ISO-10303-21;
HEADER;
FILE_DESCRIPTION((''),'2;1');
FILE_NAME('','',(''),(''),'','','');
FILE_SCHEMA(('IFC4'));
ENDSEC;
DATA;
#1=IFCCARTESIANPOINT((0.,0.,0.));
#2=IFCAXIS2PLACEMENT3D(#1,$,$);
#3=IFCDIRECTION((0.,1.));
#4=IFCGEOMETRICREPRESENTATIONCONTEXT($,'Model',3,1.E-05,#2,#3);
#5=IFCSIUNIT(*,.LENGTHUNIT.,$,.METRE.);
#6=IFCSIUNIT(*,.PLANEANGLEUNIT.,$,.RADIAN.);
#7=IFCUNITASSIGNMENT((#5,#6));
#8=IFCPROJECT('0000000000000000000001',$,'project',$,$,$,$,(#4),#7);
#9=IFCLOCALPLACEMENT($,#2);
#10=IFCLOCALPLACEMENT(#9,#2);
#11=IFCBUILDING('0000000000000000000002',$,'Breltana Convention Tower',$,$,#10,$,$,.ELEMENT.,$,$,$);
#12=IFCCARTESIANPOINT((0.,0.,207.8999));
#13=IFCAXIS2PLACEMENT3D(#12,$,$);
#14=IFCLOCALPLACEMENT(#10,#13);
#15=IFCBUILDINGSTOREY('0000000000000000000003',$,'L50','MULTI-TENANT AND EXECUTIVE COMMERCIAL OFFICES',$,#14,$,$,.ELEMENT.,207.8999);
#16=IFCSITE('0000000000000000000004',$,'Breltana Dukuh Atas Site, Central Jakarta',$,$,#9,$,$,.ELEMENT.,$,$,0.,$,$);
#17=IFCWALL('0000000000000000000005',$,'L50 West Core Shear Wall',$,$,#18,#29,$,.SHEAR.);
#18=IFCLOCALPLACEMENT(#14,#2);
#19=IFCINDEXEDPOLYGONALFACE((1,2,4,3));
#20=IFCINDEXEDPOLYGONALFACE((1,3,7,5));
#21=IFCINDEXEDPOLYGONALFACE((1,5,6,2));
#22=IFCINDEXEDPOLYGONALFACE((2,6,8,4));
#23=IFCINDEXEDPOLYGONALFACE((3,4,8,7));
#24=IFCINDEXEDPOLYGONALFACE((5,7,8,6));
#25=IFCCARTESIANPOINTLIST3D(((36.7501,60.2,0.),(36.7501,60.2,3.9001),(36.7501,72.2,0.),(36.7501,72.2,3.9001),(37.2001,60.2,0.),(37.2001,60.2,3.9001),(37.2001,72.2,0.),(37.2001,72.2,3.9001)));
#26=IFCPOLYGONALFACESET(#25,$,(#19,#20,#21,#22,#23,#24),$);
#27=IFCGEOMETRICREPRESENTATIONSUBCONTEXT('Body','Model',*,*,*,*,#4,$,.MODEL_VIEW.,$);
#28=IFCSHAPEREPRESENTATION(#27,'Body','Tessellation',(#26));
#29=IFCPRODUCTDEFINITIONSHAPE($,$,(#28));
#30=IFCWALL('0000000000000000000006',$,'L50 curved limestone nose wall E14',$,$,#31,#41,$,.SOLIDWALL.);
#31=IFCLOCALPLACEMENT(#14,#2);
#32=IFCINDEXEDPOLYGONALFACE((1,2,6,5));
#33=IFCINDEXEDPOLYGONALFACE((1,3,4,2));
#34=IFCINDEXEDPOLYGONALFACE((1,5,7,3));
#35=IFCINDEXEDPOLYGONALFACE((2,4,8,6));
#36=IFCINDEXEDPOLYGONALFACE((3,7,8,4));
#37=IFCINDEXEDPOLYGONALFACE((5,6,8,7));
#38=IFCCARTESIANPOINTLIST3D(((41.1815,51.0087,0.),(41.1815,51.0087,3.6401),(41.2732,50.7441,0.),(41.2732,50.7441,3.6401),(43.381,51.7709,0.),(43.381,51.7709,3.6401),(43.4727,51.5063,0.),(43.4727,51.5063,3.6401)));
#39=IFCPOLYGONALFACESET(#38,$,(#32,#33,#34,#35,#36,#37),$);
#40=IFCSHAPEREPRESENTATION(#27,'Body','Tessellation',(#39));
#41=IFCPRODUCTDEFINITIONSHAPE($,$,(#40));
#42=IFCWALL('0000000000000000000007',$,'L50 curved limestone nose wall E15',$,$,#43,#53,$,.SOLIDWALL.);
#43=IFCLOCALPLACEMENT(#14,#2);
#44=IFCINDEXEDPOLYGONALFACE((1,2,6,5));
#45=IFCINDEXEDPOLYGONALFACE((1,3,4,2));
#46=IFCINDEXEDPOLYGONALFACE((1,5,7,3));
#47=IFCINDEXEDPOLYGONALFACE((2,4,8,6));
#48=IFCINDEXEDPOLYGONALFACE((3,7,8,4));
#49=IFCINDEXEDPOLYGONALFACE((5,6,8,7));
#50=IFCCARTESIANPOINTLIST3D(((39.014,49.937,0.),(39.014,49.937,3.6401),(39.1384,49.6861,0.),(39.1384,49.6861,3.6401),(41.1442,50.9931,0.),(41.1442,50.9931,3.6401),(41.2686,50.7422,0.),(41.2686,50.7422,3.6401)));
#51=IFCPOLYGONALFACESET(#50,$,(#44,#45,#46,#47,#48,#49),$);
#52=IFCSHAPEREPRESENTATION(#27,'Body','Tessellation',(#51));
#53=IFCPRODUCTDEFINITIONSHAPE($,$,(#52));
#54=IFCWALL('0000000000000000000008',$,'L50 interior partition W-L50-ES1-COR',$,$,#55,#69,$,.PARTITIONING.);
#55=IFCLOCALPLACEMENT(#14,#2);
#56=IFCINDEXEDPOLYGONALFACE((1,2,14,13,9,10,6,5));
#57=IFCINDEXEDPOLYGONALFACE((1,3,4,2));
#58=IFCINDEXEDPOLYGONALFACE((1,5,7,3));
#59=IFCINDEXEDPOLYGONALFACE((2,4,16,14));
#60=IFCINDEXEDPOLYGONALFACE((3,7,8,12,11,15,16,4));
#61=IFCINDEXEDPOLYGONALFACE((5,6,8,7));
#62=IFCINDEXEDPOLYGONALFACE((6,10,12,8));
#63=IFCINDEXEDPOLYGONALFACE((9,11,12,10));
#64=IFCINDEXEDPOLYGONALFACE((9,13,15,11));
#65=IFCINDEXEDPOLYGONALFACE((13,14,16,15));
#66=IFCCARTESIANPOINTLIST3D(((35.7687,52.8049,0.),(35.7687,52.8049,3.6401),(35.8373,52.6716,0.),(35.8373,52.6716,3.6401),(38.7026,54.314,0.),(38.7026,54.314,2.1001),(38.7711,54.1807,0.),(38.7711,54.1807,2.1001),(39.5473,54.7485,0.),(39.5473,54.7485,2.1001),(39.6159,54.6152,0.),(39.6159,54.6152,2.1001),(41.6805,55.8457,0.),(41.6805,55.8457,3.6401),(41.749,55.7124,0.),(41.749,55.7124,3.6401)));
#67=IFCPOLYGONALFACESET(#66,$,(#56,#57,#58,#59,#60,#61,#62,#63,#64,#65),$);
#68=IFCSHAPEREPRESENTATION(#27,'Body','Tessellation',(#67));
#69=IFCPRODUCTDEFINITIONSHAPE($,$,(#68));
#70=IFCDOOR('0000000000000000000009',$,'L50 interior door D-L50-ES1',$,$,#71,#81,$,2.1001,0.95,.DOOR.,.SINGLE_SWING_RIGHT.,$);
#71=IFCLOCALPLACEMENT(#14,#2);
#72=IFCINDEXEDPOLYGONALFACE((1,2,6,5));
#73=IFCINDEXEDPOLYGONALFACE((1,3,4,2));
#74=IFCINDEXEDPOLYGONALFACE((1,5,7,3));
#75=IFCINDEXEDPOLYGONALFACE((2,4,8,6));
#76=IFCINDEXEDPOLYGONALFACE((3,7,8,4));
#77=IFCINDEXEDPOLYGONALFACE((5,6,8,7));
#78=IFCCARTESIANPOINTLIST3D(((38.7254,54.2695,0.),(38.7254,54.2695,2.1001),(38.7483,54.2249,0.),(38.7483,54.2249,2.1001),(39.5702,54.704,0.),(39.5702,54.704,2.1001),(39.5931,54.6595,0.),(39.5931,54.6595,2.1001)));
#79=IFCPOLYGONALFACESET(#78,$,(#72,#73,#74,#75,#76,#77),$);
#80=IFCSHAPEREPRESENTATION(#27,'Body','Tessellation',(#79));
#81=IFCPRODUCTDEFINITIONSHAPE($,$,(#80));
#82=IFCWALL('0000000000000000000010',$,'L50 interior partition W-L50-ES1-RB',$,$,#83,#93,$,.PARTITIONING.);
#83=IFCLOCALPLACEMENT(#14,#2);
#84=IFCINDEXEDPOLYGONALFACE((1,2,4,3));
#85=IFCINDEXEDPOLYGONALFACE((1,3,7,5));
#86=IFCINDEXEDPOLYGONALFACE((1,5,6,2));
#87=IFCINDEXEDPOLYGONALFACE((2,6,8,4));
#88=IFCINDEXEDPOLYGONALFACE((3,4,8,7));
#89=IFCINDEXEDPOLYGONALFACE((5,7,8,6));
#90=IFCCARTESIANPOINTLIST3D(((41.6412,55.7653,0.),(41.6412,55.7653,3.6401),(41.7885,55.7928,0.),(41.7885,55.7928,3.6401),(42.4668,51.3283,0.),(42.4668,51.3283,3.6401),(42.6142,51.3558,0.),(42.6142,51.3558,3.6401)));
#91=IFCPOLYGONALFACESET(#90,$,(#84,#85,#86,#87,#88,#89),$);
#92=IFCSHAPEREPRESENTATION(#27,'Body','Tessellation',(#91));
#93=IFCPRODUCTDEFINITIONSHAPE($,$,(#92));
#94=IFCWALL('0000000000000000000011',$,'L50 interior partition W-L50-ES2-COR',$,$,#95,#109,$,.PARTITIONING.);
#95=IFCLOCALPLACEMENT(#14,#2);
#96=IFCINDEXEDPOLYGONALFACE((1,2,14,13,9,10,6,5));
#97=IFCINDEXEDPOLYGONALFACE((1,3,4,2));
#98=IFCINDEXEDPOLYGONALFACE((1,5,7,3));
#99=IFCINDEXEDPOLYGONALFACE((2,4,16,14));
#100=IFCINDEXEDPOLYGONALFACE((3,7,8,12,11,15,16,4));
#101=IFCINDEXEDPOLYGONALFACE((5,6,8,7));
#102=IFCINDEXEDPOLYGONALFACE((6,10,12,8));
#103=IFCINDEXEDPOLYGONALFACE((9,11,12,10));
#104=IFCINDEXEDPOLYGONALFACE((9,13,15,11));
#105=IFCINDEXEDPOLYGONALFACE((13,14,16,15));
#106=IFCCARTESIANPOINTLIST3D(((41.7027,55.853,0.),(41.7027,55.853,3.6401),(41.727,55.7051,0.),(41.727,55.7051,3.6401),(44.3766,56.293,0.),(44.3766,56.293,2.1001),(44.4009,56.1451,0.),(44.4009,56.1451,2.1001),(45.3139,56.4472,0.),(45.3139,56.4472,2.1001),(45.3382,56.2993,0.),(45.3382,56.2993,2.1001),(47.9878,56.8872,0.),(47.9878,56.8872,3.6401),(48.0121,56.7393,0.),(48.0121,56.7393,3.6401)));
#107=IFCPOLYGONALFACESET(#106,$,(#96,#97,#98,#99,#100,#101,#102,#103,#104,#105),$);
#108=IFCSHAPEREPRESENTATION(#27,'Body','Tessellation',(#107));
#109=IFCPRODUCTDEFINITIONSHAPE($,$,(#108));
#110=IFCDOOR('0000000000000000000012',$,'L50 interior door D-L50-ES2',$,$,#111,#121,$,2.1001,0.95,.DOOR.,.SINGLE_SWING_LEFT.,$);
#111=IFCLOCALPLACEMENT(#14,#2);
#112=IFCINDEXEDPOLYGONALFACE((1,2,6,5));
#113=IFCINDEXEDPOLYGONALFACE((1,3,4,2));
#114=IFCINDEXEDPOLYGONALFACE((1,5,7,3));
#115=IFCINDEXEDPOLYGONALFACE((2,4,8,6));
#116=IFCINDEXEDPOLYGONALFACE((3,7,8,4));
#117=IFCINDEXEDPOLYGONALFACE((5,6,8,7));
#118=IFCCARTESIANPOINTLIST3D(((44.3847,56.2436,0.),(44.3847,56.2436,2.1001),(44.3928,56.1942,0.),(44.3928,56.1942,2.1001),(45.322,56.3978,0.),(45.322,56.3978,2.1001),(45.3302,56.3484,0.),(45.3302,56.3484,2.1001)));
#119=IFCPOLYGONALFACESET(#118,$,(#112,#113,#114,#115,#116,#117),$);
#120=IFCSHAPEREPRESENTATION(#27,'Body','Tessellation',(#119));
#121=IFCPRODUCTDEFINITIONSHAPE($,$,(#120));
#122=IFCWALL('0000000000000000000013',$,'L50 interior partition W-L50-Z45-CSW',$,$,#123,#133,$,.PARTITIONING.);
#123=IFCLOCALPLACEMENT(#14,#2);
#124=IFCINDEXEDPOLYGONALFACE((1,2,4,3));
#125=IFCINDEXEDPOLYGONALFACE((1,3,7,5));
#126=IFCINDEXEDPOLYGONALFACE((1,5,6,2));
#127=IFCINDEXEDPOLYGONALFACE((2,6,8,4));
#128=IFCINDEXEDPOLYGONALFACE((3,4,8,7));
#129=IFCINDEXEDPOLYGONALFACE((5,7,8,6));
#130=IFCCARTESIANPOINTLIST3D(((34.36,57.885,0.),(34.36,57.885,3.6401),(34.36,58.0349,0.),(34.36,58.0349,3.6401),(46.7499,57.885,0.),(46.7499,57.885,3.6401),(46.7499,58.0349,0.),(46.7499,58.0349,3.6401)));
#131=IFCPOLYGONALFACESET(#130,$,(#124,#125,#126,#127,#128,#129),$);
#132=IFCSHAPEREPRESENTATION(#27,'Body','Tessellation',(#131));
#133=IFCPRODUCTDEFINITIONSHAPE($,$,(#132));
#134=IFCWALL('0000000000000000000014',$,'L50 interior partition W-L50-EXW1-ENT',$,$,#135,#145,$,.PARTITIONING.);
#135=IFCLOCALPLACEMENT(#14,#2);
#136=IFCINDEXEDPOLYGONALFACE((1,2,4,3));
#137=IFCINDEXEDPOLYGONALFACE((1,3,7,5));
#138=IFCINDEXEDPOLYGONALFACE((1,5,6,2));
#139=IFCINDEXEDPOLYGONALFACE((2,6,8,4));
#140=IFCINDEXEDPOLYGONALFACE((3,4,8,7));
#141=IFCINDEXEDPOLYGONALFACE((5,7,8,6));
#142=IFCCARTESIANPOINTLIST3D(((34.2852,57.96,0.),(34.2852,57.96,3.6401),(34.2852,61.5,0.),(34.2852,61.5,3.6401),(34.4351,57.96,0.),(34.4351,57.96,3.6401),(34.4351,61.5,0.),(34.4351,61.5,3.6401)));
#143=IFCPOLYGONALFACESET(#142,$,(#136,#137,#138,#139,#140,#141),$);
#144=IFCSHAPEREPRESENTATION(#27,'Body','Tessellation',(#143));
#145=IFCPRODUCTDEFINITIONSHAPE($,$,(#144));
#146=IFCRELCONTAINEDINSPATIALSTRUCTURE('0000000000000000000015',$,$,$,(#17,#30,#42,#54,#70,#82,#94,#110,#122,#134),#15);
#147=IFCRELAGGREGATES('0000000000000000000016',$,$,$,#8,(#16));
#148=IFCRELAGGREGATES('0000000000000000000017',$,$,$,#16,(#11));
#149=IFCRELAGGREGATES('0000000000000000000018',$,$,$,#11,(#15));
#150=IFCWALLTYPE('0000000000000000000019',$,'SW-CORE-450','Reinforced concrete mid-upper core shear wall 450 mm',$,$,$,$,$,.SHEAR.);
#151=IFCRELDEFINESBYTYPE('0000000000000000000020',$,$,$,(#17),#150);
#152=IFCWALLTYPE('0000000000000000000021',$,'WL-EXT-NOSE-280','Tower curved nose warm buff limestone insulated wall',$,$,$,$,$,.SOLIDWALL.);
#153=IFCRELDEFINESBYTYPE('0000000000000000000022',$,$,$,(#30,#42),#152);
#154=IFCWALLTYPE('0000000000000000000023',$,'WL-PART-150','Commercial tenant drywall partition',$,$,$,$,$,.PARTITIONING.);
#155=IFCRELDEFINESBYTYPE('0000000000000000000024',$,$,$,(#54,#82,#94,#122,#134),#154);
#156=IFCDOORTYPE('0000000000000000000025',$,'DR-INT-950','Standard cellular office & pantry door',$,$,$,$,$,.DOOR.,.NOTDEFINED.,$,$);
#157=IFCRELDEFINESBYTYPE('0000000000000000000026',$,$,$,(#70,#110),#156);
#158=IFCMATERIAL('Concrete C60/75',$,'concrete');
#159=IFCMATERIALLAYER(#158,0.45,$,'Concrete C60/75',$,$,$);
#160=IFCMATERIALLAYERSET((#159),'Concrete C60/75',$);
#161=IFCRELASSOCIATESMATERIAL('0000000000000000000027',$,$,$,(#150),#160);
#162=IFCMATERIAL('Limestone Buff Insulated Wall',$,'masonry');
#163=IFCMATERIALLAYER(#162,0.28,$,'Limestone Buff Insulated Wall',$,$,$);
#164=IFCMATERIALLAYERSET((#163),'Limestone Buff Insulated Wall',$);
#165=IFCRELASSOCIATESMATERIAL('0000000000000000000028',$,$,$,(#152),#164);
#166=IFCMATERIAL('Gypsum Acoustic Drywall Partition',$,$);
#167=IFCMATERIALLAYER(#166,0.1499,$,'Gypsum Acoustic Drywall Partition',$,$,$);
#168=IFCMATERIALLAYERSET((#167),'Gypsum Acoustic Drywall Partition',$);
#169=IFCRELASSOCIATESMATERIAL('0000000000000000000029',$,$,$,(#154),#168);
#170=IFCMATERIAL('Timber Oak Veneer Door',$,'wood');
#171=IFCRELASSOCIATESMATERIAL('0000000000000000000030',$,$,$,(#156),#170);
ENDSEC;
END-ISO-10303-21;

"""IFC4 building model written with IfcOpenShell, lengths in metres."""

from ifc_helpers import new_model, si_unit, direction, frame, frame_2d, origin, place, context, subcontext, project, spatial, rectangle, extrude, source, transform, mapped, material, layer, layer_set, type_object, type_shapes, element, fill, save


model = new_model("IFC4")

# Units and contexts
model_context = context("Model", 3, precision=1e-05, world=origin(), true_north=direction((0.0, 1.0)))
body_context = subcontext(model_context, "Body", "Model", "MODEL_VIEW")
ifc_project = project(units=[si_unit("LENGTHUNIT", "METRE"), si_unit("PLANEANGLEUNIT", "RADIAN")], contexts=[model_context])

# Site, building, storey
site_placement = place(None, origin())
site = spatial("IfcSite", under=ifc_project, at=site_placement, Name="Breltana Dukuh Atas Site, Central Jakarta", CompositionType="ELEMENT", RefElevation=0.0)
building_placement = place(site_placement, origin())
building = spatial("IfcBuilding", under=site, at=building_placement, Name="Breltana Convention Tower", CompositionType="ELEMENT")
storey_placement = place(building_placement, frame((0.0, 0.0, 207.8999)))
storey = spatial("IfcBuildingStorey", under=building, at=storey_placement, Name="L50", Description="MULTI-TENANT AND EXECUTIVE COMMERCIAL OFFICES", CompositionType="ELEMENT", Elevation=207.8999)

# Walls
ifc_material_1 = material(Name="Concrete C60/75", Category="concrete")
ifc_layer_1 = layer(ifc_material_1, 0.45, Name="Concrete C60/75")
ifc_layer_set_1 = layer_set([ifc_layer_1], Name="Concrete C60/75")
wall_type_1 = type_object("IfcWallType", Name="SW-CORE-450", Description="Reinforced concrete mid-upper core shear wall 450 mm", PredefinedType="SHEAR", material=ifc_layer_set_1)
shared_shape_1 = source(origin(), body_context, "Body", "SweptSolid", [
    extrude(rectangle(XDim=12.0, YDim=0.45, at=frame_2d((6.0, 0.0))), origin(), (0.0, 0.0, 1.0), 3.9001),
])
wall_1_placement = place(storey_placement, frame((36.9751, 60.2, 0.0), z_axis=(0.0, 0.0, 1.0), x_axis=(0.0, 1.0, 0.0)))
element("IfcWall", 1, at=wall_1_placement, inside=storey, type_object=wall_type_1, Name="L50 West Core Shear Wall", PredefinedType="SHEAR", context=body_context, shape_type="MappedRepresentation", body=[
    mapped(shared_shape_1, transform((0.0, 0.0, 0.0), scale=1.0)),
])
ifc_material_2 = material(Name="Limestone Buff Insulated Wall", Category="masonry")
ifc_layer_2 = layer(ifc_material_2, 0.28, Name="Limestone Buff Insulated Wall")
ifc_layer_set_2 = layer_set([ifc_layer_2], Name="Limestone Buff Insulated Wall")
wall_type_2 = type_object("IfcWallType", Name="WL-EXT-NOSE-280", Description="Tower curved nose warm buff limestone insulated wall", PredefinedType="SOLIDWALL", material=ifc_layer_set_2)
shared_shape_2 = source(origin(), body_context, "Body", "SweptSolid", [
    extrude(rectangle(XDim=2.3279, YDim=0.28, at=frame_2d((1.1641, 0.0))), origin(), (0.0, 0.0, 1.0), 3.6401),
])
wall_2_placement = place(storey_placement, frame((43.427, 51.6387, 0.0), z_axis=(0.0, 0.0, 1.0), x_axis=(-0.944873, -0.327438, 0.0)))
element("IfcWall", 2, at=wall_2_placement, inside=storey, type_object=wall_type_2, Name="L50 curved limestone nose wall E14", PredefinedType="SOLIDWALL", context=body_context, shape_type="MappedRepresentation", body=[
    mapped(shared_shape_2, transform((0.0, 0.0, 0.0), scale=1.0)),
])
shared_shape_3 = source(origin(), body_context, "Body", "SweptSolid", [
    extrude(rectangle(XDim=2.3777, YDim=0.28, at=frame_2d((1.189, 0.0))), origin(), (0.0, 0.0, 1.0), 3.6401),
])
wall_3_placement = place(storey_placement, frame((41.2065, 50.8677, 0.0), z_axis=(0.0, 0.0, 1.0), x_axis=(-0.895942, -0.444172, 0.0)))
element("IfcWall", 3, at=wall_3_placement, inside=storey, type_object=wall_type_2, Name="L50 curved limestone nose wall E15", PredefinedType="SOLIDWALL", context=body_context, shape_type="MappedRepresentation", body=[
    mapped(shared_shape_3, transform((0.0, 0.0, 0.0), scale=1.0)),
])

# Wall, opening, door
ifc_material_3 = material(Name="Gypsum Acoustic Drywall Partition")
ifc_layer_3 = layer(ifc_material_3, 0.1499, Name="Gypsum Acoustic Drywall Partition")
ifc_layer_set_3 = layer_set([ifc_layer_3], Name="Gypsum Acoustic Drywall Partition")
wall_type_3 = type_object("IfcWallType", Name="WL-PART-150", Description="Commercial tenant drywall partition", PredefinedType="PARTITIONING", material=ifc_layer_set_3)
shared_shape_4 = source(origin(), body_context, "Body", "SweptSolid", [
    extrude(rectangle(XDim=6.6479, YDim=0.1499, at=frame_2d((3.324, 0.0))), origin(), (0.0, 0.0, 1.0), 3.6401),
])
wall_4_placement = place(storey_placement, frame((35.803, 52.7383, 0.0), z_axis=(0.0, 0.0, 1.0), x_axis=(0.889264, 0.457394, 0.0)))
wall_4 = element("IfcWall", 4, at=wall_4_placement, inside=storey, type_object=wall_type_3, Name="L50 interior partition W-L50-ES1-COR", PredefinedType="PARTITIONING", context=body_context, shape_type="MappedRepresentation", body=[
    mapped(shared_shape_4, transform((0.0, 0.0, 0.0), scale=1.0)),
])
opening_1_placement = place(wall_4_placement, frame((3.2991, 0.0, 0.0)))
opening_1 = element("IfcOpeningElement", 5, at=opening_1_placement, cuts=wall_4, PredefinedType="OPENING", context=body_context, shape_type="SweptSolid", body=[
    extrude(rectangle(XDim=0.95, YDim=2.1001, at=frame_2d((0.4751, 1.05))), frame((0.0, 0.085, 0.0), z_axis=(0.0, -1.0, 0.0), x_axis=(1.0, 0.0, 0.0)), (0.0, 0.0, 1.0), 0.1699),
])
ifc_material_4 = material(Name="Timber Oak Veneer Door", Category="wood")
door_type = type_object("IfcDoorType", Name="DR-INT-950", Description="Standard cellular office & pantry door", OperationType="NOTDEFINED", PredefinedType="DOOR", material=ifc_material_4)
shared_shape_5 = source(origin(), body_context, "Body", "SweptSolid", [
    extrude(rectangle(XDim=0.95, YDim=2.1001, at=frame_2d((0.4751, 1.05))), frame((0.0, 0.0249, 0.0), z_axis=(0.0, -1.0, 0.0), x_axis=(1.0, 0.0, 0.0)), (0.0, 0.0, 1.0), 0.05),
])
type_shapes(door_type, [shared_shape_5])
door_1_placement = place(opening_1_placement, origin())
door_1 = element("IfcDoor", 6, at=door_1_placement, inside=storey, type_object=door_type, Name="L50 interior door D-L50-ES1", OperationType="SINGLE_SWING_RIGHT", OverallHeight=2.1001, OverallWidth=0.95, PredefinedType="DOOR", context=body_context, shape_type="MappedRepresentation", body=[
    mapped(shared_shape_5, transform((0.0, 0.0, 0.0), scale=1.0)),
])
fill(opening_1, door_1)

# Wall
shared_shape_6 = source(origin(), body_context, "Body", "SweptSolid", [
    extrude(rectangle(XDim=4.5132, YDim=0.1499, at=frame_2d((2.2566, 0.0))), origin(), (0.0, 0.0, 1.0), 3.6401),
])
wall_5_placement = place(storey_placement, frame((42.5405, 51.342, 0.0), z_axis=(0.0, 0.0, 1.0), x_axis=(-0.182949, 0.983122, 0.0)))
element("IfcWall", 7, at=wall_5_placement, inside=storey, type_object=wall_type_3, Name="L50 interior partition W-L50-ES1-RB", PredefinedType="PARTITIONING", context=body_context, shape_type="MappedRepresentation", body=[
    mapped(shared_shape_6, transform((0.0, 0.0, 0.0), scale=1.0)),
])

# Wall, opening, door
shared_shape_7 = source(origin(), body_context, "Body", "SweptSolid", [
    extrude(rectangle(XDim=6.3696, YDim=0.1499, at=frame_2d((3.1848, 0.0))), origin(), (0.0, 0.0, 1.0), 3.6401),
])
wall_6_placement = place(storey_placement, frame((41.7148, 55.7791, 0.0), z_axis=(0.0, 0.0, 1.0), x_axis=(0.986732, 0.16236, 0.0)))
wall_6 = element("IfcWall", 8, at=wall_6_placement, inside=storey, type_object=wall_type_3, Name="L50 interior partition W-L50-ES2-COR", PredefinedType="PARTITIONING", context=body_context, shape_type="MappedRepresentation", body=[
    mapped(shared_shape_7, transform((0.0, 0.0, 0.0), scale=1.0)),
])
opening_2_placement = place(wall_6_placement, frame((2.7097, 0.0, 0.0)))
opening_2 = element("IfcOpeningElement", 9, at=opening_2_placement, cuts=wall_6, PredefinedType="OPENING", context=body_context, shape_type="SweptSolid", body=[
    extrude(rectangle(XDim=0.95, YDim=2.1001, at=frame_2d((0.4751, 1.05))), frame((0.0, 0.085, 0.0), z_axis=(0.0, -1.0, 0.0), x_axis=(1.0, 0.0, 0.0)), (0.0, 0.0, 1.0), 0.1699),
])
door_2_placement = place(opening_2_placement, origin())
door_2 = element("IfcDoor", 10, at=door_2_placement, inside=storey, type_object=door_type, Name="L50 interior door D-L50-ES2", OperationType="SINGLE_SWING_LEFT", OverallHeight=2.1001, OverallWidth=0.95, PredefinedType="DOOR", context=body_context, shape_type="MappedRepresentation", body=[
    mapped(shared_shape_5, transform((0.0, 0.0, 0.0), scale=1.0)),
])
fill(opening_2, door_2)

# Walls
shared_shape_8 = source(origin(), body_context, "Body", "SweptSolid", [
    extrude(rectangle(XDim=12.3899, YDim=0.1499, at=frame_2d((6.1948, 0.0))), origin(), (0.0, 0.0, 1.0), 3.6401),
])
wall_7_placement = place(storey_placement, frame((34.3601, 57.96, 0.0), z_axis=(0.0, 0.0, 1.0), x_axis=(1.0, 0.0, 0.0)))
element("IfcWall", 11, at=wall_7_placement, inside=storey, type_object=wall_type_3, Name="L50 interior partition W-L50-Z45-CSW", PredefinedType="PARTITIONING", context=body_context, shape_type="MappedRepresentation", body=[
    mapped(shared_shape_8, transform((0.0, 0.0, 0.0), scale=1.0)),
])
shared_shape_9 = source(origin(), body_context, "Body", "SweptSolid", [
    extrude(rectangle(XDim=3.54, YDim=0.1499, at=frame_2d((1.77, 0.0))), origin(), (0.0, 0.0, 1.0), 3.6401),
])
wall_8_placement = place(storey_placement, frame((34.3601, 57.96, 0.0), z_axis=(0.0, 0.0, 1.0), x_axis=(0.0, 1.0, 0.0)))
element("IfcWall", 12, at=wall_8_placement, inside=storey, type_object=wall_type_3, Name="L50 interior partition W-L50-EXW1-ENT", PredefinedType="PARTITIONING", context=body_context, shape_type="MappedRepresentation", body=[
    mapped(shared_shape_9, transform((0.0, 0.0, 0.0), scale=1.0)),
])

save(model, "model.ifc")
